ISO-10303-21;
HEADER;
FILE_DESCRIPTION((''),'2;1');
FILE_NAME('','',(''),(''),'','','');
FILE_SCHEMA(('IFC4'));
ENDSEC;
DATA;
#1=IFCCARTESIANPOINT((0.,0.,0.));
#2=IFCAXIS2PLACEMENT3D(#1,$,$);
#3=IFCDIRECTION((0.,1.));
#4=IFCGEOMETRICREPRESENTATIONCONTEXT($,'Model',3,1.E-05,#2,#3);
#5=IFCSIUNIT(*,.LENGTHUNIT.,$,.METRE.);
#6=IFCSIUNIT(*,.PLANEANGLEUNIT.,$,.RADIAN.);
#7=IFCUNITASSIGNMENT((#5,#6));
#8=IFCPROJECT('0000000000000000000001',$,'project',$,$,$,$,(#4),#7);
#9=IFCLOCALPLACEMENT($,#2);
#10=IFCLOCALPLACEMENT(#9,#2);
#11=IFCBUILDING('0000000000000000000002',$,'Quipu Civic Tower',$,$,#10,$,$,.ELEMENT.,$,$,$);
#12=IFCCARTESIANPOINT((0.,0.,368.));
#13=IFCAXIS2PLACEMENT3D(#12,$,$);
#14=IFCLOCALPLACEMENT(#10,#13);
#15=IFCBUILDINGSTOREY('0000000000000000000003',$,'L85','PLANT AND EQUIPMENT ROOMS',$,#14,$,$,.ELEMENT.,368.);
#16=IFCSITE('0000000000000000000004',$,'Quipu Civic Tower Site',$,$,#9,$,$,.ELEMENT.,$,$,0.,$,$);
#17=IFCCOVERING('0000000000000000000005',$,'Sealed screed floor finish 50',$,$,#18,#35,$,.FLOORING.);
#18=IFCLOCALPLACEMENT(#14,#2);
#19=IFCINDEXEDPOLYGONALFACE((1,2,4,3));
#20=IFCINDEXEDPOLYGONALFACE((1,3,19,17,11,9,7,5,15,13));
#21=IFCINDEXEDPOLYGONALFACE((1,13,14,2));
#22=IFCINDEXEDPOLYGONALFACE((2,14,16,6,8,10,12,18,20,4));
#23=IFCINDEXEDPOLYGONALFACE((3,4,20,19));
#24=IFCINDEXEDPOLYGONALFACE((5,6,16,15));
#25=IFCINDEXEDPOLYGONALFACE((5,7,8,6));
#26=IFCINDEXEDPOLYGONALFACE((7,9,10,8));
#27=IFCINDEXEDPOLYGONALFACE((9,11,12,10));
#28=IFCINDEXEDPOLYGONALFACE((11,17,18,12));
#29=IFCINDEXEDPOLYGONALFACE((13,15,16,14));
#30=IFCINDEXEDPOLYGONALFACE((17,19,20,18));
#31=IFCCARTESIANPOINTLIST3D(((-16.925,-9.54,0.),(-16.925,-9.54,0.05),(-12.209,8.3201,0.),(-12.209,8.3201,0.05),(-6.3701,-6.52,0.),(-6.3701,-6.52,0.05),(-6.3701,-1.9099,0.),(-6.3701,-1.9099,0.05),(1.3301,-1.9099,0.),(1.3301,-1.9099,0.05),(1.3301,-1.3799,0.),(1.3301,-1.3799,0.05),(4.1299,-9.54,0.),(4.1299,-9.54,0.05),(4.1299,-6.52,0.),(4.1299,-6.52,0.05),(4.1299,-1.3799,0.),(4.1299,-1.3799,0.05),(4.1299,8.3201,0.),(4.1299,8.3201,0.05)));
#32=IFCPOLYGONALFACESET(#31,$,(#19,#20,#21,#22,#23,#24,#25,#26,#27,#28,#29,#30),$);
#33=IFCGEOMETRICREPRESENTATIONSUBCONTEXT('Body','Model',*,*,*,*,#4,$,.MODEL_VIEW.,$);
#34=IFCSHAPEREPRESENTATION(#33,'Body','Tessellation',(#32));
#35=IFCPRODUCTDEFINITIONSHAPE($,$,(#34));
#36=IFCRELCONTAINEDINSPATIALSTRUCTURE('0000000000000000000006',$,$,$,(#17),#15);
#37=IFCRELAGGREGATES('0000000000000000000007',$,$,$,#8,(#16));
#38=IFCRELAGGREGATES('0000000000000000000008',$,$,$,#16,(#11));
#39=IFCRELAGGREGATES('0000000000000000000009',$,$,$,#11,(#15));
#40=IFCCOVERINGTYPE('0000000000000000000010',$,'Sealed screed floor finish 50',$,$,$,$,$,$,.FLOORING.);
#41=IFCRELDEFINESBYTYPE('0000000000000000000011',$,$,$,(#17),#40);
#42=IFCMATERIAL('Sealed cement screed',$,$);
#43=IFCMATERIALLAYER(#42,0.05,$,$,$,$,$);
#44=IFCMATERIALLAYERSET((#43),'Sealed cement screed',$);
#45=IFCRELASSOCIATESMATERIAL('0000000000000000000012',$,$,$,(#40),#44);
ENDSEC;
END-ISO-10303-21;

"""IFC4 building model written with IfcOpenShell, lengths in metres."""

from ifc_helpers import new_model, si_unit, direction, frame, origin, place, context, subcontext, project, spatial, polyline, outline, extrude, material, layer, layer_set, type_object, element, save


model = new_model("IFC4")

# Units and contexts
model_context = context("Model", 3, precision=1e-05, world=origin(), true_north=direction((0.0, 1.0)))
body_context = subcontext(model_context, "Body", "Model", "MODEL_VIEW")
ifc_project = project(units=[si_unit("LENGTHUNIT", "METRE"), si_unit("PLANEANGLEUNIT", "RADIAN")], contexts=[model_context])

# Site, building, storey
site_placement = place(None, origin())
site = spatial("IfcSite", under=ifc_project, at=site_placement, Name="Quipu Civic Tower Site", CompositionType="ELEMENT", RefElevation=0.0)
building_placement = place(site_placement, origin())
building = spatial("IfcBuilding", under=site, at=building_placement, Name="Quipu Civic Tower", CompositionType="ELEMENT")
storey_placement = place(building_placement, frame((0.0, 0.0, 368.0)))
storey = spatial("IfcBuildingStorey", under=building, at=storey_placement, Name="L85", Description="PLANT AND EQUIPMENT ROOMS", CompositionType="ELEMENT", Elevation=368.0)

# Covering
ifc_material_1 = material(Name="Sealed cement screed")
ifc_layer_1 = layer(ifc_material_1, 0.05)
ifc_layer_set_1 = layer_set([ifc_layer_1], Name="Sealed cement screed")
covering_type_1 = type_object("IfcCoveringType", Name="Sealed screed floor finish 50", PredefinedType="FLOORING", material=ifc_layer_set_1)
covering_1_placement = place(storey_placement, origin())
element("IfcCovering", 1, at=covering_1_placement, inside=storey, type_object=covering_type_1, Name="Sealed screed floor finish 50", PredefinedType="FLOORING", context=body_context, shape_type="SweptSolid", body=[
    extrude(outline(polyline([(-12.209, 8.3201), (4.1299, 8.3201), (4.1299, -1.3799), (1.3301, -1.3799), (1.3301, -1.9099), (-6.3701, -1.9099), (-6.3701, -6.52), (4.1299, -6.52), (4.1299, -9.54), (-16.925, -9.54), (-12.209, 8.3201)])), origin(), (0.0, 0.0, 1.0), 0.05),
])

save(model, "model.ifc")
